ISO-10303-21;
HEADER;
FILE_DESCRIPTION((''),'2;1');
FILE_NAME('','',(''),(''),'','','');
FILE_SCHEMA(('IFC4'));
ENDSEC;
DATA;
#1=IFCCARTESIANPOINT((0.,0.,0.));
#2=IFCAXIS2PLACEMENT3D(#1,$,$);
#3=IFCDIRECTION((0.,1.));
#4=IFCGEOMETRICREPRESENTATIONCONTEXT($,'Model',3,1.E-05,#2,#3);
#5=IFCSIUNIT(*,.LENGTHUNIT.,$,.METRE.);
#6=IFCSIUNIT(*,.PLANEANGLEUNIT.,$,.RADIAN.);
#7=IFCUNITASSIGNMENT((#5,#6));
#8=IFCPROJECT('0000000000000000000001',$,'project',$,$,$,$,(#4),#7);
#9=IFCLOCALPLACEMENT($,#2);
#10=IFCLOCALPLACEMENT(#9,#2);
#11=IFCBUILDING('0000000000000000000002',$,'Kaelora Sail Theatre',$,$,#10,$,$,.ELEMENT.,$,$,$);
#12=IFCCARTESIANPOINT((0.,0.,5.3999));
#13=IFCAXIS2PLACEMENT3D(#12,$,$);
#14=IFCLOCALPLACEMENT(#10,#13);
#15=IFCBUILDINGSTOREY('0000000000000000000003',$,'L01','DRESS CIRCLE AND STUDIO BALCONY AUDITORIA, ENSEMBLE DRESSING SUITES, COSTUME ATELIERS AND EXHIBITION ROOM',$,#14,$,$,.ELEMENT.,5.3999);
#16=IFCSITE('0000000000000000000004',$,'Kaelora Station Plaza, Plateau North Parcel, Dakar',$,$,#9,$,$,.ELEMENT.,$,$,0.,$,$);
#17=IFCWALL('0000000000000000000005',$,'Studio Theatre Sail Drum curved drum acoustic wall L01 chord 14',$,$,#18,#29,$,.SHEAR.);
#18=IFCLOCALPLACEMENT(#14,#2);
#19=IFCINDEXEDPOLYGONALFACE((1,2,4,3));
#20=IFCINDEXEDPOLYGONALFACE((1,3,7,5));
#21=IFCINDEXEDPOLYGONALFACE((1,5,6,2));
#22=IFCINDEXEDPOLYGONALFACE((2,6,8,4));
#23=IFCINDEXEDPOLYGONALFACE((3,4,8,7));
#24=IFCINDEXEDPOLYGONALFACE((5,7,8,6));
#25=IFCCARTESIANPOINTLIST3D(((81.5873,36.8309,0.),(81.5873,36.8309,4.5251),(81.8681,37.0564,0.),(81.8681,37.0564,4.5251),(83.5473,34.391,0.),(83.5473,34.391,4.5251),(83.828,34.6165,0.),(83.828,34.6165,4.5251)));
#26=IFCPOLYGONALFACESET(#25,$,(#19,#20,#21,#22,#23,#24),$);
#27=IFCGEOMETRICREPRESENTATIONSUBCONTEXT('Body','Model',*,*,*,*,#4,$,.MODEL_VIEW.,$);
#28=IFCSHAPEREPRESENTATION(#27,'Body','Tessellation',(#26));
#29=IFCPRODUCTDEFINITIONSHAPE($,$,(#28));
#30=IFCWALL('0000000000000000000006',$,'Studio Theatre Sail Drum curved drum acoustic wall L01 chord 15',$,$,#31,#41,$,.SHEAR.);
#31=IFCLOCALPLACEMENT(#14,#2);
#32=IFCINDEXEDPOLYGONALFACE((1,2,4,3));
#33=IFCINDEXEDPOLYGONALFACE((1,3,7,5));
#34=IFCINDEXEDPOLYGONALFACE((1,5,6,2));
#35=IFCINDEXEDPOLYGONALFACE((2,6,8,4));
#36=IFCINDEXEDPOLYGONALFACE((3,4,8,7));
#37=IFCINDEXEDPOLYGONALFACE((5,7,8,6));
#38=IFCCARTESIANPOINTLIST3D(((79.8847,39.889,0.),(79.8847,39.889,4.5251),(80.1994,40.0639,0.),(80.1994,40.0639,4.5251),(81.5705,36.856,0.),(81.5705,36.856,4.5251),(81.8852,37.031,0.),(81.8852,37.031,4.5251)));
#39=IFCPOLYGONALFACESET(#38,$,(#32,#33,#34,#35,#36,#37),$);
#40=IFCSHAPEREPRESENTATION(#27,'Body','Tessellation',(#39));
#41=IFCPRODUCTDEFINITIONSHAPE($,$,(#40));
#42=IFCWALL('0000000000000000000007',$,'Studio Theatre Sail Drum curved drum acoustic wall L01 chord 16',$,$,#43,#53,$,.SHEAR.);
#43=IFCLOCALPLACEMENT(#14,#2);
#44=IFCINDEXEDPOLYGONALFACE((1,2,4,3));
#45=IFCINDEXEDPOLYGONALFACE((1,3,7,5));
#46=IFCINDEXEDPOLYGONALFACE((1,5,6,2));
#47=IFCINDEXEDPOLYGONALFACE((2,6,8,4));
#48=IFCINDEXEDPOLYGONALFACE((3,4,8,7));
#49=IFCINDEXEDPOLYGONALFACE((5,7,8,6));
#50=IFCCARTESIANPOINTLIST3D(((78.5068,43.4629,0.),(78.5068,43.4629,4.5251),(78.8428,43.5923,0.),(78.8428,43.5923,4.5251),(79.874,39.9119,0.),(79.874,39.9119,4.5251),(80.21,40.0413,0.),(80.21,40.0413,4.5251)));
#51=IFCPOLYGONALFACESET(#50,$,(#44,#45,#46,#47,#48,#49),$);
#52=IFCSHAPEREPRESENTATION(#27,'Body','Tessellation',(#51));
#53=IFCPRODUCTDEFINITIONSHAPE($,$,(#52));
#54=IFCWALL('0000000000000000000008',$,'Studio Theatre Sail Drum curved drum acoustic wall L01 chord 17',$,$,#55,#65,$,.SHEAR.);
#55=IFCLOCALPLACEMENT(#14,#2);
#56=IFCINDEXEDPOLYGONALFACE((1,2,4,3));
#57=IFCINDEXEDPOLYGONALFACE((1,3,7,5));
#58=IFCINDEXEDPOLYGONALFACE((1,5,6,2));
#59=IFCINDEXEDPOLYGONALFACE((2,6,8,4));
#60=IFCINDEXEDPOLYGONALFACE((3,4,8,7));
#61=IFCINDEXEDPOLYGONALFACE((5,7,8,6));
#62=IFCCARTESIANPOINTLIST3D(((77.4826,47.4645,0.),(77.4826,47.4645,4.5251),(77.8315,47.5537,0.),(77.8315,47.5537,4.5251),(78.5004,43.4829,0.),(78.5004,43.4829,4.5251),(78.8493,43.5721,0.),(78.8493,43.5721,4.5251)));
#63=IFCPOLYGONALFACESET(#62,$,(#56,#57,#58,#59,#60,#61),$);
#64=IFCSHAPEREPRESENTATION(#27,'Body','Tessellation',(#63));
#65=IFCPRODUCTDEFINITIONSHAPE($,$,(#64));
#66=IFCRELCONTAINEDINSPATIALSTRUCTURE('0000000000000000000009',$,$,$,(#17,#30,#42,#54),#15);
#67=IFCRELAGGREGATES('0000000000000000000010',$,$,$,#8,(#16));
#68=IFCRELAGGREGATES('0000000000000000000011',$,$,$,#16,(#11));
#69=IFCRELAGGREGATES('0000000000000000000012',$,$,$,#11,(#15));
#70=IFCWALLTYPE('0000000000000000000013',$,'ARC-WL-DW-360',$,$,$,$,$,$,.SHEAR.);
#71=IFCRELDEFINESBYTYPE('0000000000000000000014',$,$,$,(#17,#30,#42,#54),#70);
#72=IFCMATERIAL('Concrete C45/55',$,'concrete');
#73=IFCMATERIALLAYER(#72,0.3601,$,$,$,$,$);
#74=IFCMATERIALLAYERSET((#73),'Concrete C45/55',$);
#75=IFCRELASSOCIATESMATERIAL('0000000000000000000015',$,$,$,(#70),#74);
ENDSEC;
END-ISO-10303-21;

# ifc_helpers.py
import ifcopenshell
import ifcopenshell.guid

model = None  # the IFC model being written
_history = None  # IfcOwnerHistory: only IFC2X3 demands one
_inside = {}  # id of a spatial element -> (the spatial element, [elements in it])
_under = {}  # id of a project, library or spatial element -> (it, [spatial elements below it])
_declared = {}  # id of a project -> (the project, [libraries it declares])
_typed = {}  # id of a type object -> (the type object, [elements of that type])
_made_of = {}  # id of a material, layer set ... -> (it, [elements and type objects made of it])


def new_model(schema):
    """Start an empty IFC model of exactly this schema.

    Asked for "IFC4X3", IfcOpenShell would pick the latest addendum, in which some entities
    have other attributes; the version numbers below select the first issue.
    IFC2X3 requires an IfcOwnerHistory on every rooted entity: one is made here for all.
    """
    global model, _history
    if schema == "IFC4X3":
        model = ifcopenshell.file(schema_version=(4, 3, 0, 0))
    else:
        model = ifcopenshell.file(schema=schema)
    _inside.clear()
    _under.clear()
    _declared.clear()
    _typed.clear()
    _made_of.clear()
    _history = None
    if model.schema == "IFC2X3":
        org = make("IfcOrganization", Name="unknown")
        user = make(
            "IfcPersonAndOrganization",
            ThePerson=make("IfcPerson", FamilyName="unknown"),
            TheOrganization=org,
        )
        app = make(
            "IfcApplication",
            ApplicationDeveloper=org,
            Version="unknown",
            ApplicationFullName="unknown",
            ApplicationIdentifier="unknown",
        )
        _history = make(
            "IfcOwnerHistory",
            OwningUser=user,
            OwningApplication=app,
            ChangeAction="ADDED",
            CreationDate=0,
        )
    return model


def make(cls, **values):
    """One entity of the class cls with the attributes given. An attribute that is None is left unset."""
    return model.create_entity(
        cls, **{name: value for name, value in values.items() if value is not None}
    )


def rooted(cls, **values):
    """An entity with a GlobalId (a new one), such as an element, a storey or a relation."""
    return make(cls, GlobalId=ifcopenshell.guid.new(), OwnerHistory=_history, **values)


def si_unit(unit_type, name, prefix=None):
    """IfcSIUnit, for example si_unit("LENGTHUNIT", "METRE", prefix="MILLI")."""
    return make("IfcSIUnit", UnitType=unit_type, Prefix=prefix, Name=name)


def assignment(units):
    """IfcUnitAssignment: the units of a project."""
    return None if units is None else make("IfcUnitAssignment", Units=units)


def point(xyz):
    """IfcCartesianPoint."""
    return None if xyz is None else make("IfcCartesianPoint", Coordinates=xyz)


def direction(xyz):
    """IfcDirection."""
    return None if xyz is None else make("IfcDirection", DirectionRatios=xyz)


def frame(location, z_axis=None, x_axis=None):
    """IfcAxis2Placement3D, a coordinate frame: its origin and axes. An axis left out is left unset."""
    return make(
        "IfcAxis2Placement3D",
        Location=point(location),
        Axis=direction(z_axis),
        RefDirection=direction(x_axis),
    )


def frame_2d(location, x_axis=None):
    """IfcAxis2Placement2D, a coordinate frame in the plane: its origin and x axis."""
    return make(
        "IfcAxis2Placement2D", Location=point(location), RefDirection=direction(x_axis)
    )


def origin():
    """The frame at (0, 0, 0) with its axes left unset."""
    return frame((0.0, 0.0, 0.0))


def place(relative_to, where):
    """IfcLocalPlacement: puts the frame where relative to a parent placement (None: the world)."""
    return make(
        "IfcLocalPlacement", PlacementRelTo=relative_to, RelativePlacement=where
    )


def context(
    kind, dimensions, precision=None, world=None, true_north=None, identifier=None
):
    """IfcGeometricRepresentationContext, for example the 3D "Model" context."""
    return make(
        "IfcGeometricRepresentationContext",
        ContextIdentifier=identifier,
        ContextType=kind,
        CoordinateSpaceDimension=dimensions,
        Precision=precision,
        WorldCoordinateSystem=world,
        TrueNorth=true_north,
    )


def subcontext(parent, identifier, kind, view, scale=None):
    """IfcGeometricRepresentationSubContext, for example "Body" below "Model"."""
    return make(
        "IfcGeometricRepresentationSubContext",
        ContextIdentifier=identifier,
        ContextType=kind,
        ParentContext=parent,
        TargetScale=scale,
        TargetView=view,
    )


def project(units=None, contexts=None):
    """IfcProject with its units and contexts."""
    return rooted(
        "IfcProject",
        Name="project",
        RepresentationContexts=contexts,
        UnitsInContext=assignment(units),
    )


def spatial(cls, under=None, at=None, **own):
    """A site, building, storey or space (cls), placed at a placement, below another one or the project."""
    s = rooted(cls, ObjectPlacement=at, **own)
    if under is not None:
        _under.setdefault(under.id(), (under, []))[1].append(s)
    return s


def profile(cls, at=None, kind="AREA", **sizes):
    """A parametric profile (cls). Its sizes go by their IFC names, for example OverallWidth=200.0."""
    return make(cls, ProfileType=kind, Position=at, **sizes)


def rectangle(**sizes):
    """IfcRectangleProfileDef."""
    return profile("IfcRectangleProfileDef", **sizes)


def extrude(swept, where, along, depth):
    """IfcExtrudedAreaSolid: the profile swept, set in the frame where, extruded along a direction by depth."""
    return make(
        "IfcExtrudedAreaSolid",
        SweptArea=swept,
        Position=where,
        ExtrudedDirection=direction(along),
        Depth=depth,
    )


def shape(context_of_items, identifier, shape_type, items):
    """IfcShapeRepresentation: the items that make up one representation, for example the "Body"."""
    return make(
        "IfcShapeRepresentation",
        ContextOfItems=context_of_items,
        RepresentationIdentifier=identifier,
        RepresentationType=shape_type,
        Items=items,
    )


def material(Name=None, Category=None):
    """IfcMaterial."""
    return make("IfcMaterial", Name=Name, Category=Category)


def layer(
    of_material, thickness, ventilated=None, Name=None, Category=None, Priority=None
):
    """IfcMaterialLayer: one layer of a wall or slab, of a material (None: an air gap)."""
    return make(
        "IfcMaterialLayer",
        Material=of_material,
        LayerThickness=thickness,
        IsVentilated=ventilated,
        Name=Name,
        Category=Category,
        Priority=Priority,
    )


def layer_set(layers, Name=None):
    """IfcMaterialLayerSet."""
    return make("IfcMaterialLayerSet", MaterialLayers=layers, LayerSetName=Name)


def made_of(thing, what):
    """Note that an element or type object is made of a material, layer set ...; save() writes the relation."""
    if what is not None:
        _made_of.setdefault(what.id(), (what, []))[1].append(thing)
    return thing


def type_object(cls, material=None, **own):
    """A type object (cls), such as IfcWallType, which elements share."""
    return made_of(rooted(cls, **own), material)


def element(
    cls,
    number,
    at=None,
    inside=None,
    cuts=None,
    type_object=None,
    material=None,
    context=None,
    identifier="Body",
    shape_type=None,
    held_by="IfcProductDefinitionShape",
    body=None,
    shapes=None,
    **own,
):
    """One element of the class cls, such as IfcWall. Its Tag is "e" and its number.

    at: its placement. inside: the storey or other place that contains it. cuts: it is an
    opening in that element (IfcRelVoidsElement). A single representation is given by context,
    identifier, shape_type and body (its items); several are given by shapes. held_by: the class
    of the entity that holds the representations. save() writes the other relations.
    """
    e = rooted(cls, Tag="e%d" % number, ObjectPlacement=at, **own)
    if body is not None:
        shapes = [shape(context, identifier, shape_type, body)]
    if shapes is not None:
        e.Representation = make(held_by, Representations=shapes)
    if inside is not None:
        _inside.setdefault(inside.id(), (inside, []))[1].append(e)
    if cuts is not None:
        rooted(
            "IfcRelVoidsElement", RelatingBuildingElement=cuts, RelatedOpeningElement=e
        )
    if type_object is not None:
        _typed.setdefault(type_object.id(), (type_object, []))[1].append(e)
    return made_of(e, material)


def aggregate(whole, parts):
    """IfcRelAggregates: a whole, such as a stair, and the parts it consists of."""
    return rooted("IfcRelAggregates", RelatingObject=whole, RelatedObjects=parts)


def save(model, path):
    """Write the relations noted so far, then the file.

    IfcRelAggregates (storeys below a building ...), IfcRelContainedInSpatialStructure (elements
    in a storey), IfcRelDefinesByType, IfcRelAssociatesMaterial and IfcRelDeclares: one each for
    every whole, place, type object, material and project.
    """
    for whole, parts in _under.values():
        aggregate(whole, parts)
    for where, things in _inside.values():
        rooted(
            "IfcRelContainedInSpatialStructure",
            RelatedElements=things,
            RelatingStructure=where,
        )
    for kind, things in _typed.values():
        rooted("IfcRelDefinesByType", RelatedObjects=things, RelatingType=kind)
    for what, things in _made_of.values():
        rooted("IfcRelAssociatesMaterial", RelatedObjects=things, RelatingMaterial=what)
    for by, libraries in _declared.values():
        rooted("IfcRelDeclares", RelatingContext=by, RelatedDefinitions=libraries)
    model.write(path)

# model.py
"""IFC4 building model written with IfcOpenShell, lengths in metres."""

from ifc_helpers import new_model, si_unit, direction, frame, frame_2d, origin, place, context, subcontext, project, spatial, rectangle, extrude, material, layer, layer_set, type_object, element, save


model = new_model("IFC4")

# Units and contexts
model_context = context("Model", 3, precision=1e-05, world=origin(), true_north=direction((0.0, 1.0)))
body_context = subcontext(model_context, "Body", "Model", "MODEL_VIEW")
ifc_project = project(units=[si_unit("LENGTHUNIT", "METRE"), si_unit("PLANEANGLEUNIT", "RADIAN")], contexts=[model_context])

# Site, building, storey
site_placement = place(None, origin())
site = spatial("IfcSite", under=ifc_project, at=site_placement, Name="Kaelora Station Plaza, Plateau North Parcel, Dakar", CompositionType="ELEMENT", RefElevation=0.0)
building_placement = place(site_placement, origin())
building = spatial("IfcBuilding", under=site, at=building_placement, Name="Kaelora Sail Theatre", CompositionType="ELEMENT")
storey_placement = place(building_placement, frame((0.0, 0.0, 5.3999)))
storey = spatial("IfcBuildingStorey", under=building, at=storey_placement, Name="L01", Description="DRESS CIRCLE AND STUDIO BALCONY AUDITORIA, ENSEMBLE DRESSING SUITES, COSTUME ATELIERS AND EXHIBITION ROOM", CompositionType="ELEMENT", Elevation=5.3999)

# Walls
ifc_material_1 = material(Name="Concrete C45/55", Category="concrete")
ifc_layer = layer(ifc_material_1, 0.3601)
ifc_layer_set = layer_set([ifc_layer], Name="Concrete C45/55")
wall_type = type_object("IfcWallType", Name="ARC-WL-DW-360", PredefinedType="SHEAR", material=ifc_layer_set)
wall_1_placement = place(storey_placement, frame((83.6877, 34.5037, 0.0), z_axis=(0.0, 0.0, 1.0), x_axis=(-0.626254, 0.779619, 0.0)))
element("IfcWall", 1, at=wall_1_placement, inside=storey, type_object=wall_type, Name="Studio Theatre Sail Drum curved drum acoustic wall L01 chord 14", PredefinedType="SHEAR", context=body_context, shape_type="SweptSolid", body=[
    extrude(rectangle(XDim=3.1296, YDim=0.3601, at=frame_2d((1.5649, 0.0))), origin(), (0.0, 0.0, 1.0), 4.5251),
])
wall_2_placement = place(storey_placement, frame((81.7278, 36.9436, 0.0), z_axis=(0.0, 0.0, 1.0), x_axis=(-0.485822, 0.874058, 0.0)))
element("IfcWall", 2, at=wall_2_placement, inside=storey, type_object=wall_type, Name="Studio Theatre Sail Drum curved drum acoustic wall L01 chord 15", PredefinedType="SHEAR", context=body_context, shape_type="SweptSolid", body=[
    extrude(rectangle(XDim=3.47, YDim=0.3601, at=frame_2d((1.7349, 0.0))), origin(), (0.0, 0.0, 1.0), 4.5251),
])
wall_3_placement = place(storey_placement, frame((80.042, 39.9766, 0.0), z_axis=(0.0, 0.0, 1.0), x_axis=(-0.359302, 0.933222, 0.0)))
element("IfcWall", 3, at=wall_3_placement, inside=storey, type_object=wall_type, Name="Studio Theatre Sail Drum curved drum acoustic wall L01 chord 16", PredefinedType="SHEAR", context=body_context, shape_type="SweptSolid", body=[
    extrude(rectangle(XDim=3.8052, YDim=0.3601, at=frame_2d((1.9026, 0.0))), origin(), (0.0, 0.0, 1.0), 4.5251),
])
wall_4_placement = place(storey_placement, frame((78.6748, 43.5276, 0.0), z_axis=(0.0, 0.0, 1.0), x_axis=(-0.247662, 0.968846, 0.0)))
element("IfcWall", 4, at=wall_4_placement, inside=storey, type_object=wall_type, Name="Studio Theatre Sail Drum curved drum acoustic wall L01 chord 17", PredefinedType="SHEAR", context=body_context, shape_type="SweptSolid", body=[
    extrude(rectangle(XDim=4.1096, YDim=0.3601, at=frame_2d((2.0547, 0.0))), origin(), (0.0, 0.0, 1.0), 4.5251),
])

save(model, "model.ifc")
